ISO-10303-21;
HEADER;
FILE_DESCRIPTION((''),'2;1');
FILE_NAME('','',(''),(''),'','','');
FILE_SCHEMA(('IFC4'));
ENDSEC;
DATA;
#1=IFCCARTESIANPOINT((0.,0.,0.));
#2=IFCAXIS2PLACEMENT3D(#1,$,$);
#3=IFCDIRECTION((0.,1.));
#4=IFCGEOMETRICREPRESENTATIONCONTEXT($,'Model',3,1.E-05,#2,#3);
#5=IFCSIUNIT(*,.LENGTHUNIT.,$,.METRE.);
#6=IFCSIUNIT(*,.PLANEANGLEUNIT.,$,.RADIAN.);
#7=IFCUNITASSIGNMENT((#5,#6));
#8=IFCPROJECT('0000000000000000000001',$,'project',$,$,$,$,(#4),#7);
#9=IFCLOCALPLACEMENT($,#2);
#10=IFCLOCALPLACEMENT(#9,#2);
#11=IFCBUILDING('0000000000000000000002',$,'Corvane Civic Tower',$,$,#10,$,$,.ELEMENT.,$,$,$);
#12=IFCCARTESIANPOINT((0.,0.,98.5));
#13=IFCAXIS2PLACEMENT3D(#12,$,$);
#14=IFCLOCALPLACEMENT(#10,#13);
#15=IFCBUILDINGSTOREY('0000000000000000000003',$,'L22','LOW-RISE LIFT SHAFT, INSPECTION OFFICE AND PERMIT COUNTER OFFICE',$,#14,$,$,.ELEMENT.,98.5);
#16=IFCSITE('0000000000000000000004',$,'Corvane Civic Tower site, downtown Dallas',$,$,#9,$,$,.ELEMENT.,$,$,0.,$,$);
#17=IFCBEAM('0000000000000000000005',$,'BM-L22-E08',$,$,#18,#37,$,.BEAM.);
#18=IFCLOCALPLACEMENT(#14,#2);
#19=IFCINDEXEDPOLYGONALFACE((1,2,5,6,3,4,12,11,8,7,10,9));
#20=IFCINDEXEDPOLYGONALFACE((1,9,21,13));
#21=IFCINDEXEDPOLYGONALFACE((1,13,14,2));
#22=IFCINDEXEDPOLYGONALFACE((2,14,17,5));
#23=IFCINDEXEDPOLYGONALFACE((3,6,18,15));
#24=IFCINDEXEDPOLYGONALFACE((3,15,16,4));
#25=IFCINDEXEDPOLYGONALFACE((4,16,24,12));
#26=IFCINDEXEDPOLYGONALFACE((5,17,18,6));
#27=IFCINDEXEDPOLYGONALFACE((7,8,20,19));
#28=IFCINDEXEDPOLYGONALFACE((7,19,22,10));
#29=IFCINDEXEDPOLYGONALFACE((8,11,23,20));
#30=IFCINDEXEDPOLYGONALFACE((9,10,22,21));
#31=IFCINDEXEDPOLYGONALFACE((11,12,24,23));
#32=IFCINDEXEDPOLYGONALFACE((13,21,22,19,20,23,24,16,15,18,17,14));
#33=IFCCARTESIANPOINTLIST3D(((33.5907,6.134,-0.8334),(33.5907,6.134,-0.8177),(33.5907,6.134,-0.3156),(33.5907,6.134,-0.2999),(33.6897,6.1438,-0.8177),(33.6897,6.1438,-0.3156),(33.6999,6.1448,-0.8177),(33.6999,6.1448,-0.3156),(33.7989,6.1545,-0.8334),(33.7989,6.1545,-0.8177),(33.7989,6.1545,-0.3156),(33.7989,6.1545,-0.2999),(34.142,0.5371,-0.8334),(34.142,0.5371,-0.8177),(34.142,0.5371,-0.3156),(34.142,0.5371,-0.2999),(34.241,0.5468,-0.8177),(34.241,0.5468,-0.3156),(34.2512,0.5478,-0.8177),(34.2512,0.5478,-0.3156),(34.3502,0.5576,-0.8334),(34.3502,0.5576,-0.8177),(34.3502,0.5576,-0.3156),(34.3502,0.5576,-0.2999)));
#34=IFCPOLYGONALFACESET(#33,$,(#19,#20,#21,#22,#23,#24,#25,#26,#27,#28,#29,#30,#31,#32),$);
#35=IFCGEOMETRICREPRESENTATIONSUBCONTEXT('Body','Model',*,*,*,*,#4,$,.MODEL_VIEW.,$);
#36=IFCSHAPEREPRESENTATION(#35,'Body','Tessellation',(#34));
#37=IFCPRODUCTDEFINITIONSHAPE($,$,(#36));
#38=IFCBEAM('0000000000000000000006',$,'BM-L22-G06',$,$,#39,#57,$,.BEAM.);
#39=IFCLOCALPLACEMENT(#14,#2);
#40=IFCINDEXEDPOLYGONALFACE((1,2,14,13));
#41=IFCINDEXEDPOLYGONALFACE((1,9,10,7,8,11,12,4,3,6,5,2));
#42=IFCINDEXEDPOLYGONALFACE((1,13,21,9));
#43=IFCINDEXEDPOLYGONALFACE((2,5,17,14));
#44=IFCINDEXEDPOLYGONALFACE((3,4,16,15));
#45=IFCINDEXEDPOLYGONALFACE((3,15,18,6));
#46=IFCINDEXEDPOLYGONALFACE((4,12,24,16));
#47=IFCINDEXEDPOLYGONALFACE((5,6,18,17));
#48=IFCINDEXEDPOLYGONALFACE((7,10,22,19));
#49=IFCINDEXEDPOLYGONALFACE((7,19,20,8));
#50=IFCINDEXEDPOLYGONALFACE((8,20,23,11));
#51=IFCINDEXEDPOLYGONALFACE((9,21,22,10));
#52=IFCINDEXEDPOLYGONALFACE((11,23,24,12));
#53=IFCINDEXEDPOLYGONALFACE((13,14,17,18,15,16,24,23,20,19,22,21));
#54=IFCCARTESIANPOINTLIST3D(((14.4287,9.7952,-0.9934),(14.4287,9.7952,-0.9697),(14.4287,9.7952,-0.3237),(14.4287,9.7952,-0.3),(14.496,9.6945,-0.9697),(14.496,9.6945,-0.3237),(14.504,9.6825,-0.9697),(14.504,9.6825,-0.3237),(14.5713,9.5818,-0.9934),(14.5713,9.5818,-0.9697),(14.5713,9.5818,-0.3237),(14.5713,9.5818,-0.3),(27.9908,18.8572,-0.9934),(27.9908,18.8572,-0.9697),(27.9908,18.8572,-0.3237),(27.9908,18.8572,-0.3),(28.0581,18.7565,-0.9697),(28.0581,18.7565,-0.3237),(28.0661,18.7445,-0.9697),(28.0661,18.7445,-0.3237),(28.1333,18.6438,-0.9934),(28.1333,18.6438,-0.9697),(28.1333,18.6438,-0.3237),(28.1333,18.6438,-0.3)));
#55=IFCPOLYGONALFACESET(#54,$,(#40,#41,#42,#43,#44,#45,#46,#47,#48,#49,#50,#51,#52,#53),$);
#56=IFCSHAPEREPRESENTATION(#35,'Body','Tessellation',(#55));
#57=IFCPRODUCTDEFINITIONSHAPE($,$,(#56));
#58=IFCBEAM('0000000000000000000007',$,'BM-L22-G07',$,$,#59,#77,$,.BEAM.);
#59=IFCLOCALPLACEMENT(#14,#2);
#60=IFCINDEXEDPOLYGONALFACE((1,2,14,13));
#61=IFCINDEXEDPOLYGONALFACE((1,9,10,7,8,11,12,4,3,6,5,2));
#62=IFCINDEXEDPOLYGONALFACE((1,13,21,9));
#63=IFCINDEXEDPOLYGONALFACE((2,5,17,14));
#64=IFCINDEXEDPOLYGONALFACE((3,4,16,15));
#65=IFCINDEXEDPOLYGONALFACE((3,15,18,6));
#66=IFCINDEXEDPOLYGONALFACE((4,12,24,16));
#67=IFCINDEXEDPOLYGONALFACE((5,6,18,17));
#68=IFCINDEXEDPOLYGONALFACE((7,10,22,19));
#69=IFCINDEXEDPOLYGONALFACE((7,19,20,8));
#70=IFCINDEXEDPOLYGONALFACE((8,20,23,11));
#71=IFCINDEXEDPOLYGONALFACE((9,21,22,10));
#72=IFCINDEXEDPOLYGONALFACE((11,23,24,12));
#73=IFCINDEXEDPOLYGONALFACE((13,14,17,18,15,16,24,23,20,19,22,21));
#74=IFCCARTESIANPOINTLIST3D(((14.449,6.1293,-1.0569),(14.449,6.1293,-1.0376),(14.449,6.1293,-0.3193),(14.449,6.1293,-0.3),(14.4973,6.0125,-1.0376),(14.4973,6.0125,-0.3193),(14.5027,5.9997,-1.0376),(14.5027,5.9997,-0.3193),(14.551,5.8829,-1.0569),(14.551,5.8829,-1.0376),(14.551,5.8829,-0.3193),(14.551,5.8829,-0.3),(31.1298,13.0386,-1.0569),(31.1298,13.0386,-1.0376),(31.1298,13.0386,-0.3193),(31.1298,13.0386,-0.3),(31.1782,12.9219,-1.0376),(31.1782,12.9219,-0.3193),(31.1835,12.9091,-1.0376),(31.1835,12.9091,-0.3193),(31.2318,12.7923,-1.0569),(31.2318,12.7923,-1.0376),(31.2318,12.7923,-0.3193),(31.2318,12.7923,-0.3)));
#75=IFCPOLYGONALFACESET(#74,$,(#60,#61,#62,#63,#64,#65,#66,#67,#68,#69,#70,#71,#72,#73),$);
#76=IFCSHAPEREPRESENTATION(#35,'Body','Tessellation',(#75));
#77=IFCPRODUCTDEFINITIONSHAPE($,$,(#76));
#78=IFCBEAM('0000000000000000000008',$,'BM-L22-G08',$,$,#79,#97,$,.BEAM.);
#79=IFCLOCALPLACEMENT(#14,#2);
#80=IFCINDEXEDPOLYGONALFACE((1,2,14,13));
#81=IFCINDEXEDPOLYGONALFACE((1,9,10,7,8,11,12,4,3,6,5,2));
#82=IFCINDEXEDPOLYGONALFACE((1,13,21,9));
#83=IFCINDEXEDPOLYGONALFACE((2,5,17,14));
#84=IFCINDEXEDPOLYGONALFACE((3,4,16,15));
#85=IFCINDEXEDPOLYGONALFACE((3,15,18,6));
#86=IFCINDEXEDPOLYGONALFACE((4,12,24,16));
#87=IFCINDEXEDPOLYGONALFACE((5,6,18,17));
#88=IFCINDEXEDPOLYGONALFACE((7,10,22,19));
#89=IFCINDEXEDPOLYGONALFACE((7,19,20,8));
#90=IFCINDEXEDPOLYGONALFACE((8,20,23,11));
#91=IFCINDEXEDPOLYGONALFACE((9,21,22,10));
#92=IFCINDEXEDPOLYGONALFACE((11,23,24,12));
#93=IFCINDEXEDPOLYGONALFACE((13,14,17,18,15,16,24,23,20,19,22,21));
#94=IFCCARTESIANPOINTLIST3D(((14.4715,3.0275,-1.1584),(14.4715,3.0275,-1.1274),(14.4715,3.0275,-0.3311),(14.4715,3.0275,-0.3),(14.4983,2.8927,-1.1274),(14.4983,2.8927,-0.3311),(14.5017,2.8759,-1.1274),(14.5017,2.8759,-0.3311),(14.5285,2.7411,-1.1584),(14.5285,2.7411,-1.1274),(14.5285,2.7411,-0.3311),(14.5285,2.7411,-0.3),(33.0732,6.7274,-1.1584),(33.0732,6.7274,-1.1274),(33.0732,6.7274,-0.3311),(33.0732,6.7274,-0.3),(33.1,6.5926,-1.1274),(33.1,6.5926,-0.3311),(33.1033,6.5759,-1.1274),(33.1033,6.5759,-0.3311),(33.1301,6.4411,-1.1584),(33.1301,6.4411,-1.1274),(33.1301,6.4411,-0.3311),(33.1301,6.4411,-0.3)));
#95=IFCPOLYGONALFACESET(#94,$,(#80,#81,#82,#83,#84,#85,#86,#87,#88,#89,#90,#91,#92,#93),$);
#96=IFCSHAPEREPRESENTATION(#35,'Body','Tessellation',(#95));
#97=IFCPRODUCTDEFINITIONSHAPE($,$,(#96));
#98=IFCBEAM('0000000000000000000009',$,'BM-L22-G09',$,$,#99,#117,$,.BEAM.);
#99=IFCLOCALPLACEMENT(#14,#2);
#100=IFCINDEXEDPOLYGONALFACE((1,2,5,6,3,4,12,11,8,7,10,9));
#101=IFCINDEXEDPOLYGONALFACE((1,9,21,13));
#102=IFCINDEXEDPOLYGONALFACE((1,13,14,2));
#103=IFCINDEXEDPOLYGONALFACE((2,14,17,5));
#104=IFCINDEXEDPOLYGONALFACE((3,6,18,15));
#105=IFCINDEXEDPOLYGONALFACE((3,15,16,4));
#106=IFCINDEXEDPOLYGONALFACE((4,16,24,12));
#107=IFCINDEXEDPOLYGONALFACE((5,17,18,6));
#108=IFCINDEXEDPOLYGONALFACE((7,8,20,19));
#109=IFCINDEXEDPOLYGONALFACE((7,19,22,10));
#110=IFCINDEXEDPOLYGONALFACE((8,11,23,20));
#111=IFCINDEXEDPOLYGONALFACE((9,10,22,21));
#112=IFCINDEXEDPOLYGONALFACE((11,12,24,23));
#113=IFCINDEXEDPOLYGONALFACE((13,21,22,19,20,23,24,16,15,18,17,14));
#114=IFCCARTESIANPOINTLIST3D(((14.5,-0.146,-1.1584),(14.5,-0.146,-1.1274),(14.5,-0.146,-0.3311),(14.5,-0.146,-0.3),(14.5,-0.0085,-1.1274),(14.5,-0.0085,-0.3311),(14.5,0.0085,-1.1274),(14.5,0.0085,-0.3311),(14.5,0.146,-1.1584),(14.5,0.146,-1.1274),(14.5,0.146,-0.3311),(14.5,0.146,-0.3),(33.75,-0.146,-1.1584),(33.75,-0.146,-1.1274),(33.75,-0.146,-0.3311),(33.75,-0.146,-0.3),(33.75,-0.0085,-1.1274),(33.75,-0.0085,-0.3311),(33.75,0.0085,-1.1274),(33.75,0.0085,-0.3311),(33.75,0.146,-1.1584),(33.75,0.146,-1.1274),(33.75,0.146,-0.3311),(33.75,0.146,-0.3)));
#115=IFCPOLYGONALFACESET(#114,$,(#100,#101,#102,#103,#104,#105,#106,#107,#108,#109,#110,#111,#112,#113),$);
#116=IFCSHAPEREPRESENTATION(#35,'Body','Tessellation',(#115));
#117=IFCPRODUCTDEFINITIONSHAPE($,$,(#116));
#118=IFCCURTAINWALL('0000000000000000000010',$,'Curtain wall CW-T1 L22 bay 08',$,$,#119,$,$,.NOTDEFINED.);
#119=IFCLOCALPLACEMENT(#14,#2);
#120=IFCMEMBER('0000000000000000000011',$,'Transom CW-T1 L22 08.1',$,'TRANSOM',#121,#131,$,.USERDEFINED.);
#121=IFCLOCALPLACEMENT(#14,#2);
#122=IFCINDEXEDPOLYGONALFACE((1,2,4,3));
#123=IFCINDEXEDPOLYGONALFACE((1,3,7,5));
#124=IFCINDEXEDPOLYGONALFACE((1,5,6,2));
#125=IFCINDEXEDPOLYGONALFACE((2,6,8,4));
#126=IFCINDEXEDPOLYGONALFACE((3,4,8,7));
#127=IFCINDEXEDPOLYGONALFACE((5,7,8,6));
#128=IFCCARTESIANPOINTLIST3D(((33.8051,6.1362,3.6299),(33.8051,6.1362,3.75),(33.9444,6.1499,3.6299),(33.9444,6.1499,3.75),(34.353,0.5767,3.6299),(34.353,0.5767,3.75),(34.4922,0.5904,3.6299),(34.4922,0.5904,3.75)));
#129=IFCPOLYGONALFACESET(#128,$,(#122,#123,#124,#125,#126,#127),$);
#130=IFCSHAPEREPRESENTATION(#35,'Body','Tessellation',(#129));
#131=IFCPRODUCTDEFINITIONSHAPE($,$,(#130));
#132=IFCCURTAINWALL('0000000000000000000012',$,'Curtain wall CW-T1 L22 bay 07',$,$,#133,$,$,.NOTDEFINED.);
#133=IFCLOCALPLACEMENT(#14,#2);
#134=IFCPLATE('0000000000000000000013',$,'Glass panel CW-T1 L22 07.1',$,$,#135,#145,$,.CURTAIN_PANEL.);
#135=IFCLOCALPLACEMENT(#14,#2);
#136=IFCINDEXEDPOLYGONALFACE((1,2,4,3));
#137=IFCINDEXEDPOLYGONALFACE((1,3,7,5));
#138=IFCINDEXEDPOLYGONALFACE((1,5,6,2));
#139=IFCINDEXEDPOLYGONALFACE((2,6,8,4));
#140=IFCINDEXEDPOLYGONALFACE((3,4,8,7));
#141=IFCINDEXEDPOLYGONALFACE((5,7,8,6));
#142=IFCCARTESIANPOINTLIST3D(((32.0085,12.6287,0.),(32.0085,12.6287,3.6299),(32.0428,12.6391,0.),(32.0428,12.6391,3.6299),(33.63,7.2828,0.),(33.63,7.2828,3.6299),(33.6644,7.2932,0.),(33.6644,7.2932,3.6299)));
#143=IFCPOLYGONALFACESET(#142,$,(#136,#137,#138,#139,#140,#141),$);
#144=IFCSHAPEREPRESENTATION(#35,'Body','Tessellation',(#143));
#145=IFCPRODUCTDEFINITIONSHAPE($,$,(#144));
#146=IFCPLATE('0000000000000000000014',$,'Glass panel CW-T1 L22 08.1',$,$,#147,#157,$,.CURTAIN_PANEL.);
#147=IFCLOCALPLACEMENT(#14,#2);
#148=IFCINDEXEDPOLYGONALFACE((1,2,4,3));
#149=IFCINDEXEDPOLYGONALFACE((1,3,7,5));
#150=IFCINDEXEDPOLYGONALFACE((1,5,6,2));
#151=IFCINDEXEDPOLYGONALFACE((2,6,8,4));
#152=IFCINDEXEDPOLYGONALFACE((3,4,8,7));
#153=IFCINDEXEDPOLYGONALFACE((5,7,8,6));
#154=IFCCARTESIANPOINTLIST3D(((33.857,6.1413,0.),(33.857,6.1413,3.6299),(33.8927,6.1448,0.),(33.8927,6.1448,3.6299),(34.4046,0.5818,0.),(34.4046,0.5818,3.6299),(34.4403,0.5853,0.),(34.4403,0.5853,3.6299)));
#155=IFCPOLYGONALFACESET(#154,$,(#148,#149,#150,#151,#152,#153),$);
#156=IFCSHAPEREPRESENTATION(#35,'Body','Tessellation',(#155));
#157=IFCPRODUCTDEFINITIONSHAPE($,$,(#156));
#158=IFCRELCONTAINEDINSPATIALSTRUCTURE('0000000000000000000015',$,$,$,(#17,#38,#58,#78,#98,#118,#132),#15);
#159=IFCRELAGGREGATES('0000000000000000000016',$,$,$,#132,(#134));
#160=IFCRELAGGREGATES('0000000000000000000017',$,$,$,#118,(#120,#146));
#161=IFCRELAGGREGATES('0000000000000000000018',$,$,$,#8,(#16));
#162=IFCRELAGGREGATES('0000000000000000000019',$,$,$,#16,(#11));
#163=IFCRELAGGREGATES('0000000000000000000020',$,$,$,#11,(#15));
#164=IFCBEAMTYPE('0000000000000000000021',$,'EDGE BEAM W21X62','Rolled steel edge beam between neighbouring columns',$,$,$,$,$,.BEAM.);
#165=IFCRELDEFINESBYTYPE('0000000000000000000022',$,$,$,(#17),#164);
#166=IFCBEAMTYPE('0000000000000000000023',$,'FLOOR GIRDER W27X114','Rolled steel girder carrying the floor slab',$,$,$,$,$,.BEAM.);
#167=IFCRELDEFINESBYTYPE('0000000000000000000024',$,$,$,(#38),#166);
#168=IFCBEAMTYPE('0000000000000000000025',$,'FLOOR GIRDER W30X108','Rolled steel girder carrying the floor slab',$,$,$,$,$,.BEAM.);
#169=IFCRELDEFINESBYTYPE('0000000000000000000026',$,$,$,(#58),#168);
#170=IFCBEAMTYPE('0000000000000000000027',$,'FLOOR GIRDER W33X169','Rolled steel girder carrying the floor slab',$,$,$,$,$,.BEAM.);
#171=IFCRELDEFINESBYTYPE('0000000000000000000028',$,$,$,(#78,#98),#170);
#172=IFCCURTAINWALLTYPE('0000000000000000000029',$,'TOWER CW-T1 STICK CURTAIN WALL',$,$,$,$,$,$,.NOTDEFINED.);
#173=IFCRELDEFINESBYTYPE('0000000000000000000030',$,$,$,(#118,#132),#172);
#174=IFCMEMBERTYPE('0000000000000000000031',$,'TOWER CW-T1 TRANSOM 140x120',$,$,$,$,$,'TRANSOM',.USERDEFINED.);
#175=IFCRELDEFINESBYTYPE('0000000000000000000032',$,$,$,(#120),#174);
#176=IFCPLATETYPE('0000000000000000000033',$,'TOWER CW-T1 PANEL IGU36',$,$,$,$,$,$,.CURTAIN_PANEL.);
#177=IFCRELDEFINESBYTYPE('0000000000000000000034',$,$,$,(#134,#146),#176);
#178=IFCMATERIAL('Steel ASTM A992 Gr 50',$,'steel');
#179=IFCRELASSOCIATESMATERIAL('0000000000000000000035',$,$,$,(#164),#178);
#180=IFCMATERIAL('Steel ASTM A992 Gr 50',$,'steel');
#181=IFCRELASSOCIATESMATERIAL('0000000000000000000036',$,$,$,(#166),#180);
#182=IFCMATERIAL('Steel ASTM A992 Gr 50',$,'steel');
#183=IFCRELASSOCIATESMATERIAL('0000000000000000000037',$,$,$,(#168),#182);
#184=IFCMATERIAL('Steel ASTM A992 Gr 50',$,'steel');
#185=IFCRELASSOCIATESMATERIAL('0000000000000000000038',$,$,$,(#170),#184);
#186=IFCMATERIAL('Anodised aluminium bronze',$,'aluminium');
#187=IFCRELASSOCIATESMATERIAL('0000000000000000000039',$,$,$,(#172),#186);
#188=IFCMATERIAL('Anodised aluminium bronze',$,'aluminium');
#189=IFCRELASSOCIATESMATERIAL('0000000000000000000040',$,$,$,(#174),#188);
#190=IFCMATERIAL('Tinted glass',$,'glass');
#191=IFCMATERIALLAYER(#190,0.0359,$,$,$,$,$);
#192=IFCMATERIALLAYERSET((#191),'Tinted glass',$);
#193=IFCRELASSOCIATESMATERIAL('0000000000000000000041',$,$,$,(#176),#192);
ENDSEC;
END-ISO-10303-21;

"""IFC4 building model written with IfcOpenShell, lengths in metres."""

from ifc_helpers import new_model, si_unit, direction, frame, origin, origin_2d, place, context, subcontext, project, spatial, rectangle, i_section, extrude, material, layer, layer_set, material_profile, profile_set, type_object, element, aggregate, save


model = new_model("IFC4")

# Units and contexts
model_context = context("Model", 3, precision=1e-05, world=origin(), true_north=direction((0.0, 1.0)))
body_context = subcontext(model_context, "Body", "Model", "MODEL_VIEW")
ifc_project = project(units=[si_unit("LENGTHUNIT", "METRE"), si_unit("PLANEANGLEUNIT", "RADIAN")], contexts=[model_context])

# Site, building, storey
site_placement = place(None, origin())
site = spatial("IfcSite", under=ifc_project, at=site_placement, Name="Corvane Civic Tower site, downtown Dallas", CompositionType="ELEMENT", RefElevation=0.0)
building_placement = place(site_placement, origin())
building = spatial("IfcBuilding", under=site, at=building_placement, Name="Corvane Civic Tower", CompositionType="ELEMENT")
storey_placement = place(building_placement, frame((0.0, 0.0, 98.5)))
storey = spatial("IfcBuildingStorey", under=building, at=storey_placement, Name="L22", Description="LOW-RISE LIFT SHAFT, INSPECTION OFFICE AND PERMIT COUNTER OFFICE", CompositionType="ELEMENT", Elevation=98.5)

# Beams
ifc_material_1 = material(Name="Steel ASTM A992 Gr 50", Category="steel")
ifc_material_profile_1 = material_profile(ifc_material_1, i_section(OverallWidth=0.2092, OverallDepth=0.5334, WebThickness=0.0103, FlangeThickness=0.0156, at=origin_2d()), Name="W21X62")
ifc_profile_set_1 = profile_set([ifc_material_profile_1], Name="Steel ASTM A992 Gr 50")
beam_type_1 = type_object("IfcBeamType", Name="EDGE BEAM W21X62", Description="Rolled steel edge beam between neighbouring columns", PredefinedType="BEAM", material=ifc_profile_set_1)
beam_1_placement = place(storey_placement, frame((33.6948, 6.1443, -0.5667), z_axis=(0.098021, -0.995184, 0.0), x_axis=(0.995184, 0.098021, 0.0)))
element("IfcBeam", 1, at=beam_1_placement, inside=storey, type_object=beam_type_1, Name="BM-L22-E08", PredefinedType="BEAM", context=body_context, shape_type="SweptSolid", body=[
    extrude(i_section(OverallWidth=0.2092, OverallDepth=0.5334, WebThickness=0.0103, FlangeThickness=0.0156, at=origin_2d()), origin(), (0.0, 0.0, 1.0), 5.624),
])
ifc_material_2 = material(Name="Steel ASTM A992 Gr 50", Category="steel")
ifc_material_profile_2 = material_profile(ifc_material_2, i_section(OverallWidth=0.2566, OverallDepth=0.6934, WebThickness=0.0144, FlangeThickness=0.0237, at=origin_2d()), Name="W27X114")
ifc_profile_set_2 = profile_set([ifc_material_profile_2], Name="Steel ASTM A992 Gr 50")
beam_type_2 = type_object("IfcBeamType", Name="FLOOR GIRDER W27X114", Description="Rolled steel girder carrying the floor slab", PredefinedType="BEAM", material=ifc_profile_set_2)
beam_2_placement = place(storey_placement, frame((14.5, 9.6885, -0.6467), z_axis=(0.831465, 0.555577, 0.0), x_axis=(-0.555577, 0.831465, 0.0)))
element("IfcBeam", 2, at=beam_2_placement, inside=storey, type_object=beam_type_2, Name="BM-L22-G06", PredefinedType="BEAM", context=body_context, shape_type="SweptSolid", body=[
    extrude(i_section(OverallWidth=0.2566, OverallDepth=0.6934, WebThickness=0.0144, FlangeThickness=0.0237, at=origin_2d()), origin(), (0.0, 0.0, 1.0), 16.311),
])
ifc_material_3 = material(Name="Steel ASTM A992 Gr 50", Category="steel")
ifc_material_profile_3 = material_profile(ifc_material_3, i_section(OverallWidth=0.2666, OverallDepth=0.7568, WebThickness=0.0139, FlangeThickness=0.0193, at=origin_2d()), Name="W30X108")
ifc_profile_set_3 = profile_set([ifc_material_profile_3], Name="Steel ASTM A992 Gr 50")
beam_type_3 = type_object("IfcBeamType", Name="FLOOR GIRDER W30X108", Description="Rolled steel girder carrying the floor slab", PredefinedType="BEAM", material=ifc_profile_set_3)
beam_3_placement = place(storey_placement, frame((14.5, 6.0061, -0.6785), z_axis=(0.92388, 0.382682, 0.0), x_axis=(-0.382682, 0.92388, 0.0)))
element("IfcBeam", 3, at=beam_3_placement, inside=storey, type_object=beam_type_3, Name="BM-L22-G07", PredefinedType="BEAM", context=body_context, shape_type="SweptSolid", body=[
    extrude(i_section(OverallWidth=0.2666, OverallDepth=0.7568, WebThickness=0.0139, FlangeThickness=0.0193, at=origin_2d()), origin(), (0.0, 0.0, 1.0), 18.0552),
])
ifc_material_4 = material(Name="Steel ASTM A992 Gr 50", Category="steel")
ifc_material_profile_4 = material_profile(ifc_material_4, i_section(OverallWidth=0.292, OverallDepth=0.8584, WebThickness=0.0171, FlangeThickness=0.031, at=origin_2d()), Name="W33X169")
ifc_profile_set_4 = profile_set([ifc_material_profile_4], Name="Steel ASTM A992 Gr 50")
beam_type_4 = type_object("IfcBeamType", Name="FLOOR GIRDER W33X169", Description="Rolled steel girder carrying the floor slab", PredefinedType="BEAM", material=ifc_profile_set_4)
beam_4_placement = place(storey_placement, frame((14.5, 2.8843, -0.7292), z_axis=(0.980787, 0.195084, 0.0), x_axis=(-0.195084, 0.980787, 0.0)))
element("IfcBeam", 4, at=beam_4_placement, inside=storey, type_object=beam_type_4, Name="BM-L22-G08", PredefinedType="BEAM", context=body_context, shape_type="SweptSolid", body=[
    extrude(i_section(OverallWidth=0.292, OverallDepth=0.8584, WebThickness=0.0171, FlangeThickness=0.031, at=origin_2d()), origin(), (0.0, 0.0, 1.0), 18.9661),
])
beam_5_placement = place(storey_placement, frame((14.5, 0.0, -0.7292), z_axis=(1.0, 0.0, 0.0), x_axis=(0.0, 1.0, 0.0)))
element("IfcBeam", 5, at=beam_5_placement, inside=storey, type_object=beam_type_4, Name="BM-L22-G09", PredefinedType="BEAM", context=body_context, shape_type="SweptSolid", body=[
    extrude(i_section(OverallWidth=0.292, OverallDepth=0.8584, WebThickness=0.0171, FlangeThickness=0.031, at=origin_2d()), origin(), (0.0, 0.0, 1.0), 19.25),
])

# Curtain wall, member
ifc_material_5 = material(Name="Anodised aluminium bronze", Category="aluminium")
curtain_wall_type = type_object("IfcCurtainWallType", Name="TOWER CW-T1 STICK CURTAIN WALL", PredefinedType="NOTDEFINED", material=ifc_material_5)
curtain_wall_1_placement = place(storey_placement, origin())
curtain_wall_1 = element("IfcCurtainWall", 6, at=curtain_wall_1_placement, inside=storey, type_object=curtain_wall_type, Name="Curtain wall CW-T1 L22 bay 08", PredefinedType="NOTDEFINED")
ifc_material_6 = material(Name="Anodised aluminium bronze", Category="aluminium")
ifc_material_profile_5 = material_profile(ifc_material_6, rectangle(XDim=0.1399, YDim=0.1201, at=origin_2d()), Name="TOWER CW-T1 TRANSOM 140x120")
ifc_profile_set_5 = profile_set([ifc_material_profile_5], Name="Anodised aluminium bronze")
member_type = type_object("IfcMemberType", Name="TOWER CW-T1 TRANSOM 140x120", ElementType="TRANSOM", PredefinedType="USERDEFINED", material=ifc_profile_set_5)
member_placement = place(storey_placement, frame((33.8748, 6.1431, 3.6899), z_axis=(0.098067, -0.99518, 0.0), x_axis=(0.99518, 0.098067, 0.0)))
member = element("IfcMember", 7, at=member_placement, type_object=member_type, Name="Transom CW-T1 L22 08.1", ObjectType="TRANSOM", PredefinedType="USERDEFINED", context=body_context, shape_type="SweptSolid", body=[
    extrude(rectangle(XDim=0.1399, YDim=0.1201, at=origin_2d()), origin(), (0.0, 0.0, 1.0), 5.5864),
])

# Curtain wall, plate
curtain_wall_2_placement = place(storey_placement, origin())
curtain_wall_2 = element("IfcCurtainWall", 8, at=curtain_wall_2_placement, inside=storey, type_object=curtain_wall_type, Name="Curtain wall CW-T1 L22 bay 07", PredefinedType="NOTDEFINED")
ifc_material_7 = material(Name="Tinted glass", Category="glass")
ifc_layer_1 = layer(ifc_material_7, 0.0359)
ifc_layer_set_1 = layer_set([ifc_layer_1], Name="Tinted glass")
plate_type = type_object("IfcPlateType", Name="TOWER CW-T1 PANEL IGU36", PredefinedType="CURTAIN_PANEL", material=ifc_layer_set_1)
plate_1_placement = place(storey_placement, frame((32.8364, 9.9609, 0.0), z_axis=(0.0, 0.0, 1.0), x_axis=(0.290266, -0.956946, 0.0)))
plate_1 = element("IfcPlate", 9, at=plate_1_placement, type_object=plate_type, Name="Glass panel CW-T1 L22 07.1", PredefinedType="CURTAIN_PANEL", context=body_context, shape_type="SweptSolid", body=[
    extrude(rectangle(XDim=5.5864, YDim=0.0359, at=origin_2d()), origin(), (0.0, 0.0, 1.0), 3.6299),
])
aggregate(curtain_wall_2, [plate_1])

# Plate
plate_2_placement = place(storey_placement, frame((34.1487, 3.3633, 0.0), z_axis=(0.0, 0.0, 1.0), x_axis=(0.098027, -0.995184, 0.0)))
plate_2 = element("IfcPlate", 10, at=plate_2_placement, type_object=plate_type, Name="Glass panel CW-T1 L22 08.1", PredefinedType="CURTAIN_PANEL", context=body_context, shape_type="SweptSolid", body=[
    extrude(rectangle(XDim=5.5864, YDim=0.0359, at=origin_2d()), origin(), (0.0, 0.0, 1.0), 3.6299),
])
aggregate(curtain_wall_1, [member, plate_2])

save(model, "model.ifc")
